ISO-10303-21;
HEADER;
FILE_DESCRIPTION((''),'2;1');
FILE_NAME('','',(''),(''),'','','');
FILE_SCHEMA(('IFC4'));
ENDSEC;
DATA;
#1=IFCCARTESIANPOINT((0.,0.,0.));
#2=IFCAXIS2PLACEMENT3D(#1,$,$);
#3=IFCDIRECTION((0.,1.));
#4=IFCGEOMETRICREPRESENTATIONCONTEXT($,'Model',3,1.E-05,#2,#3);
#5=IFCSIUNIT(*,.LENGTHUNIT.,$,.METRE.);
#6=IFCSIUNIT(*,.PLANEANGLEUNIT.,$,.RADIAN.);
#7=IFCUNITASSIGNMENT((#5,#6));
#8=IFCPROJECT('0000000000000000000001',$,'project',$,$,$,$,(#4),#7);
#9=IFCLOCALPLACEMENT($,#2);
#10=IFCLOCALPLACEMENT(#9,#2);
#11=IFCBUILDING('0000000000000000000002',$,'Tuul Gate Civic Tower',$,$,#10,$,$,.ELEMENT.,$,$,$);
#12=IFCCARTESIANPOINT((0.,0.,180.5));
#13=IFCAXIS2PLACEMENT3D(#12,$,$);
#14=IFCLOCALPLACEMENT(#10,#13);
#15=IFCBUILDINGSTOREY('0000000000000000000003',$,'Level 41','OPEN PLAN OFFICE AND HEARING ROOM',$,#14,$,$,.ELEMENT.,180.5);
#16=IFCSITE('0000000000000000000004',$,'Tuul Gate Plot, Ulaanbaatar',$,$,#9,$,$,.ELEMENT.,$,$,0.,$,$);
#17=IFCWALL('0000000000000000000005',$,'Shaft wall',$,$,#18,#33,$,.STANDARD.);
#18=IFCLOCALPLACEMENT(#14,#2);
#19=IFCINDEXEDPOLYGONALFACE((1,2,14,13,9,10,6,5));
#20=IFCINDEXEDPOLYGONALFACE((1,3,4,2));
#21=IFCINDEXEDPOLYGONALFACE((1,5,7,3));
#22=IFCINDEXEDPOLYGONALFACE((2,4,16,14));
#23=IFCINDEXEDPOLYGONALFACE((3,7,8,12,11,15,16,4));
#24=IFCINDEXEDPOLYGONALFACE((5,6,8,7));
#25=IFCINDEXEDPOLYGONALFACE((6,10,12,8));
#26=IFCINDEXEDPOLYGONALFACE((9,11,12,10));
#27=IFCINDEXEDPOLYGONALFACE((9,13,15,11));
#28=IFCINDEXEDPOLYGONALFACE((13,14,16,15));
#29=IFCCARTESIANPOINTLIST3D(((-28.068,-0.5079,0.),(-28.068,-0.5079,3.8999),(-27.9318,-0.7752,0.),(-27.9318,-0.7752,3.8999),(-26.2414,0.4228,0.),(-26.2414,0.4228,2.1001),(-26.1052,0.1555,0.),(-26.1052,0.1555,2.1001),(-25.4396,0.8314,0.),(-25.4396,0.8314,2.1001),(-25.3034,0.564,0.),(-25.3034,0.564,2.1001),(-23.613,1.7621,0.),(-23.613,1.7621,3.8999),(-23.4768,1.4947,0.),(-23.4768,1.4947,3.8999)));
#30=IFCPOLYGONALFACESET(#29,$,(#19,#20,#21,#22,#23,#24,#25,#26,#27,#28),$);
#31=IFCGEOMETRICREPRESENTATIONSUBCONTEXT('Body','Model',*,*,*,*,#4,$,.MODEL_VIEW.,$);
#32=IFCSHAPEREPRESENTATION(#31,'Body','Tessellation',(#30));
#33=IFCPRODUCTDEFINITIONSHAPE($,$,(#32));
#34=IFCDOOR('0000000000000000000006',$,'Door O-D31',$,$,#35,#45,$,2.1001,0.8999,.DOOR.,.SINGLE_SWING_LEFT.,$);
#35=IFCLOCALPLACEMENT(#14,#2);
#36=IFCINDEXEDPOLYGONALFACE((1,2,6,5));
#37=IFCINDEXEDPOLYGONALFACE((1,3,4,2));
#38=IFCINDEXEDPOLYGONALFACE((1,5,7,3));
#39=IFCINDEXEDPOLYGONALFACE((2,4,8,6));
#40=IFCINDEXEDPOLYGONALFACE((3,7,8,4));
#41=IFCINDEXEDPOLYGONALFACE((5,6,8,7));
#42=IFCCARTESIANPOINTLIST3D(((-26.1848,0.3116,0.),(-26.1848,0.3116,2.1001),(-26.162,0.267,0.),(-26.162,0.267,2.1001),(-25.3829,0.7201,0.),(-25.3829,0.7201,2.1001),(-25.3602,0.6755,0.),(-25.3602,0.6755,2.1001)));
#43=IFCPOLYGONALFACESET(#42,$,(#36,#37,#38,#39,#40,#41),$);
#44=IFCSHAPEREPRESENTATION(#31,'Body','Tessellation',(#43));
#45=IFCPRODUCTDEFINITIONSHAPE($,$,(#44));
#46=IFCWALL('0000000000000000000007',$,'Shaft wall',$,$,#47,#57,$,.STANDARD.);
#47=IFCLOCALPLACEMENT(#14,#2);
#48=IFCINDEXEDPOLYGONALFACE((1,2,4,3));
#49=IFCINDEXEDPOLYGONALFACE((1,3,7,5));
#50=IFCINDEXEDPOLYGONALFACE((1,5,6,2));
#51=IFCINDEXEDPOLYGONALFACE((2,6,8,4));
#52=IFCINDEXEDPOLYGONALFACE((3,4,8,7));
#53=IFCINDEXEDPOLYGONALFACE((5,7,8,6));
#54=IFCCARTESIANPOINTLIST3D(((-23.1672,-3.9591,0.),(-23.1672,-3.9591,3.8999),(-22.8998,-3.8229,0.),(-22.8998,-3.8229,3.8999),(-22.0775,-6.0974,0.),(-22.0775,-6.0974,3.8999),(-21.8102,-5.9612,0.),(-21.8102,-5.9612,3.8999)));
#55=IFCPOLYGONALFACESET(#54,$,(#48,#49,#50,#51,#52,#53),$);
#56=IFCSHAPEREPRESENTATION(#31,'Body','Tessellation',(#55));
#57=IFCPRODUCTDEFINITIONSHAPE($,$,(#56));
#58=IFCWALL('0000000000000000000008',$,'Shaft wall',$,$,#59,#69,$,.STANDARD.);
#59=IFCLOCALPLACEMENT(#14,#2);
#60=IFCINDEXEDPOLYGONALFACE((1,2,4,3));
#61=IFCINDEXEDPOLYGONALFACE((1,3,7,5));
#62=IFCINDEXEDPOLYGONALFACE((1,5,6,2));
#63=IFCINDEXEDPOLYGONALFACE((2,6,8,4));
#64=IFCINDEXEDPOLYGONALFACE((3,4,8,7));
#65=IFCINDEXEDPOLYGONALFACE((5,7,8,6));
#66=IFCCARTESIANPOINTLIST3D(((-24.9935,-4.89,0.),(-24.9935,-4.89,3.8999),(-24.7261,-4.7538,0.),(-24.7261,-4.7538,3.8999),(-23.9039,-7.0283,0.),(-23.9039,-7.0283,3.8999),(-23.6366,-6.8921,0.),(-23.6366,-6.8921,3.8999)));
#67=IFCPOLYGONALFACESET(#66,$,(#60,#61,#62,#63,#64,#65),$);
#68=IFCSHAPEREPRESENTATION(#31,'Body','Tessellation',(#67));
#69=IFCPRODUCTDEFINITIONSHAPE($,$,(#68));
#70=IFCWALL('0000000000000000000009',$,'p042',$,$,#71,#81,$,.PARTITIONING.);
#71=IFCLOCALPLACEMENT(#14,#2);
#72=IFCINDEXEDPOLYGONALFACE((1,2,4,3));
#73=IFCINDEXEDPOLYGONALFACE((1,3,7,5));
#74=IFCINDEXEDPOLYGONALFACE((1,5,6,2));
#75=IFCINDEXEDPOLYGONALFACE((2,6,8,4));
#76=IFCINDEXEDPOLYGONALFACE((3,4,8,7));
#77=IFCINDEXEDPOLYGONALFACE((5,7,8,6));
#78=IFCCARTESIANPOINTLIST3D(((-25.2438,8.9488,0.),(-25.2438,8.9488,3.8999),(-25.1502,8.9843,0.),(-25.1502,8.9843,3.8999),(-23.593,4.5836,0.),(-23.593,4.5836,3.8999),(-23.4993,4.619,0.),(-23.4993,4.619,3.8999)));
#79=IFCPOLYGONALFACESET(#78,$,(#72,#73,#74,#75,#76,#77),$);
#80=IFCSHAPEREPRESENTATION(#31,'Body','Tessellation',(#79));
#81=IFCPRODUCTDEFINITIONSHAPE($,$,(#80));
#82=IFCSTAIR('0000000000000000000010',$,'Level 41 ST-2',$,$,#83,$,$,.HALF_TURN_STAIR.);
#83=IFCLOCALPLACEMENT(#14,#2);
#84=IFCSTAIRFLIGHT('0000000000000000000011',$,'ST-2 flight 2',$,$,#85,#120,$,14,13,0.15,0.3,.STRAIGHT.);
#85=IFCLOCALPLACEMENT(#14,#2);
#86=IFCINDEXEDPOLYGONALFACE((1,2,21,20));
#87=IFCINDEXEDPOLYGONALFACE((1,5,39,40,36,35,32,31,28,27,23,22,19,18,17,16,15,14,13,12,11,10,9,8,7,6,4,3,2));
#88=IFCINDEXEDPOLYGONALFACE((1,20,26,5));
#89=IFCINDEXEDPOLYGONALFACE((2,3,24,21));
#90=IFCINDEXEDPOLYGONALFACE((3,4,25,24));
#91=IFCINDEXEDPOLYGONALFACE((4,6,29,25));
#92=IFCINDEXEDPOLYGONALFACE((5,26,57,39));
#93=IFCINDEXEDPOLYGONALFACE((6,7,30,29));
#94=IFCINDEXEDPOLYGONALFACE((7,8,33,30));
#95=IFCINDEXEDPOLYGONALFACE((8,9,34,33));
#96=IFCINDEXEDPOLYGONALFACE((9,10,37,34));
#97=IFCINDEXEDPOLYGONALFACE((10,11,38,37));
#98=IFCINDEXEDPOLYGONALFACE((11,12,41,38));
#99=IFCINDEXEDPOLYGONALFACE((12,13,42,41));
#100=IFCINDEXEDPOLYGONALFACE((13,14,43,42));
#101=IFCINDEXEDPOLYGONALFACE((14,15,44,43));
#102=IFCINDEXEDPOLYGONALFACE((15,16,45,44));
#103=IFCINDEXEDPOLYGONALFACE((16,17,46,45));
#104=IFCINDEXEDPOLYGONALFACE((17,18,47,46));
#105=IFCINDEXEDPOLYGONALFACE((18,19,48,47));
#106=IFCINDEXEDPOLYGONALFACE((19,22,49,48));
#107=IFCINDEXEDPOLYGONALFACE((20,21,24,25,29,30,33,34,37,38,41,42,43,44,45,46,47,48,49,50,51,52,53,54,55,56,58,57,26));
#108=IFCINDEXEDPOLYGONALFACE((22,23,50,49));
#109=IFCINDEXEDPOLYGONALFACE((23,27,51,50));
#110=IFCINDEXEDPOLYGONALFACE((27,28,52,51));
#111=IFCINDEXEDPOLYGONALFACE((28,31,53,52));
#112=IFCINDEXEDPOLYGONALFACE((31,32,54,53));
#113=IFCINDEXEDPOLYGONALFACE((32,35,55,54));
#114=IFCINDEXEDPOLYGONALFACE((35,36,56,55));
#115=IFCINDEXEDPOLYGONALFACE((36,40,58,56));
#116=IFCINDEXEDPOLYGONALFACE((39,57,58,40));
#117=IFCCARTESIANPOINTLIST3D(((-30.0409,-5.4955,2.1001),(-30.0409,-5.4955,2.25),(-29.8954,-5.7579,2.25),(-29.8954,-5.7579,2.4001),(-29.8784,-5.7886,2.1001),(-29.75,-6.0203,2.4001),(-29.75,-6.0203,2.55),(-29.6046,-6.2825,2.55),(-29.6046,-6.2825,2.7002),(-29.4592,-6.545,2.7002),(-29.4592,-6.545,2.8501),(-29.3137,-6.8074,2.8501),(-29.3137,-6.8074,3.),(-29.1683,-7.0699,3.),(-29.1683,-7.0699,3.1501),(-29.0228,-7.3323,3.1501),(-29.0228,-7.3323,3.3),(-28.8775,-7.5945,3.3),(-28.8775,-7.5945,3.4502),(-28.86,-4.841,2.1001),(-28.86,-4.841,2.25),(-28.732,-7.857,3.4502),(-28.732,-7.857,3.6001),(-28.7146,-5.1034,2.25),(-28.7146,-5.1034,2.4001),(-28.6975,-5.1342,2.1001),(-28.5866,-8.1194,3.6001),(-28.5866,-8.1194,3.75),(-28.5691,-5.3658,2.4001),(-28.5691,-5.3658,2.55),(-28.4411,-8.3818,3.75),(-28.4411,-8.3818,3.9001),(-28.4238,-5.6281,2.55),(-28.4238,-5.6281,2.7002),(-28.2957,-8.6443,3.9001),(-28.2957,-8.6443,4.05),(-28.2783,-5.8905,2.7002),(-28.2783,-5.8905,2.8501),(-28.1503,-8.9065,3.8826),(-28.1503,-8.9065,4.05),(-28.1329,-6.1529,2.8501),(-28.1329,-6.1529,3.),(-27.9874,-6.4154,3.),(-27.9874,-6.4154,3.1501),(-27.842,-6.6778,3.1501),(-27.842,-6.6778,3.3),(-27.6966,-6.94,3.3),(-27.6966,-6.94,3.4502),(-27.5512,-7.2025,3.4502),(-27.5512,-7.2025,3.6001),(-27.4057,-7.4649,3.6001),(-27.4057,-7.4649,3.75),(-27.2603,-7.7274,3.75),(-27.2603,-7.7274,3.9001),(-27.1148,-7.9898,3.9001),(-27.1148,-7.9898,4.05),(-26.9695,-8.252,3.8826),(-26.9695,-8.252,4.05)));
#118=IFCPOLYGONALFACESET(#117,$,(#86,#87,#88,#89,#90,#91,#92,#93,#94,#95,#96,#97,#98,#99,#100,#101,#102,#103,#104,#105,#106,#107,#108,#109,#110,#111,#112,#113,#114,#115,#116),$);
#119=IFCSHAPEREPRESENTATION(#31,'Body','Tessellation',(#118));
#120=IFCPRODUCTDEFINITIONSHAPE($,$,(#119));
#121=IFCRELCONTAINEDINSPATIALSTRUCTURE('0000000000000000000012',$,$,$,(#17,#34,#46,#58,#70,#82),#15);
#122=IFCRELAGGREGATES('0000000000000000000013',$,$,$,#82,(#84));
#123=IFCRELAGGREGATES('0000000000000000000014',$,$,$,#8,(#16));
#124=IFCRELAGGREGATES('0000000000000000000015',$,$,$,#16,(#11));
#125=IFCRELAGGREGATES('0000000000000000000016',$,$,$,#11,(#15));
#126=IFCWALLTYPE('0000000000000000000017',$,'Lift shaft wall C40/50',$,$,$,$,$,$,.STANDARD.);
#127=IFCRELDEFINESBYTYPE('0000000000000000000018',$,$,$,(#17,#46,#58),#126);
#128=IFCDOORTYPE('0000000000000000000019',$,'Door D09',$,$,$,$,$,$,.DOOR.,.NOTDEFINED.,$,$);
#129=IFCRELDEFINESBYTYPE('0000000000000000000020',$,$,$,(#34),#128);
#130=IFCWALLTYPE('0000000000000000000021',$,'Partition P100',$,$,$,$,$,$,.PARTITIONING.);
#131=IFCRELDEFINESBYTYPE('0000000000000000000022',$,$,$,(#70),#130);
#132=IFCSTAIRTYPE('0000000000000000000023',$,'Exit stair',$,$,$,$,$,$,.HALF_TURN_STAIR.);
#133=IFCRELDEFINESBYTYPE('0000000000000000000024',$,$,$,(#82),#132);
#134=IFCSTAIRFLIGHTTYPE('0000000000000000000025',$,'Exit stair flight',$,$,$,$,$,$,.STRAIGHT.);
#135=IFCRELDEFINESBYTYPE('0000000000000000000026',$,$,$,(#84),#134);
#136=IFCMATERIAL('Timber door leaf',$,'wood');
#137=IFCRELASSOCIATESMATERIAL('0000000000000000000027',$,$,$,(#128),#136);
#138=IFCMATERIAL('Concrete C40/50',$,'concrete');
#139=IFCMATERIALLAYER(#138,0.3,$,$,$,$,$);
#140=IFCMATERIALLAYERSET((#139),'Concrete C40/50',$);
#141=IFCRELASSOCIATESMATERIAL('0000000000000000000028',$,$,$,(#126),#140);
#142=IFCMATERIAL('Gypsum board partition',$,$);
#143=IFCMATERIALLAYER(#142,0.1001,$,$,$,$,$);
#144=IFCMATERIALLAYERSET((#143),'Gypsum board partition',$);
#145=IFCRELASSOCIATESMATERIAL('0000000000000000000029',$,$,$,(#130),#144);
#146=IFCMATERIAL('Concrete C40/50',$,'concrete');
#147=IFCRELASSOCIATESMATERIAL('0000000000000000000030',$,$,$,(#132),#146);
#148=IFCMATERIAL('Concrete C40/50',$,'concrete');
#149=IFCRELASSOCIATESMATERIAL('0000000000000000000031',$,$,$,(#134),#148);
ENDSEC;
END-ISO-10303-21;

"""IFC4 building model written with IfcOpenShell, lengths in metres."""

from ifc_helpers import new_model, si_unit, direction, frame, frame_2d, origin, place, context, subcontext, project, spatial, polyline, rectangle, outline, extrude, material, layer, layer_set, type_object, element, fill, aggregate, save


model = new_model("IFC4")

# Units and contexts
model_context = context("Model", 3, precision=1e-05, world=origin(), true_north=direction((0.0, 1.0)))
body_context = subcontext(model_context, "Body", "Model", "MODEL_VIEW")
ifc_project = project(units=[si_unit("LENGTHUNIT", "METRE"), si_unit("PLANEANGLEUNIT", "RADIAN")], contexts=[model_context])

# Site, building, storey
site_placement = place(None, origin())
site = spatial("IfcSite", under=ifc_project, at=site_placement, Name="Tuul Gate Plot, Ulaanbaatar", CompositionType="ELEMENT", RefElevation=0.0)
building_placement = place(site_placement, origin())
building = spatial("IfcBuilding", under=site, at=building_placement, Name="Tuul Gate Civic Tower", CompositionType="ELEMENT")
storey_placement = place(building_placement, frame((0.0, 0.0, 180.5)))
storey = spatial("IfcBuildingStorey", under=building, at=storey_placement, Name="Level 41", Description="OPEN PLAN OFFICE AND HEARING ROOM", CompositionType="ELEMENT", Elevation=180.5)

# Shared definitions
ifc_material_1 = material(Name="Timber door leaf", Category="wood")
door_type_1 = type_object("IfcDoorType", Name="Door D09", OperationType="NOTDEFINED", PredefinedType="DOOR", material=ifc_material_1)

# Shared definitions
ifc_material_2 = material(Name="Concrete C40/50", Category="concrete")
ifc_layer_1 = layer(ifc_material_2, 0.3)
ifc_layer_set_1 = layer_set([ifc_layer_1], Name="Concrete C40/50")
wall_type_1 = type_object("IfcWallType", Name="Lift shaft wall C40/50", PredefinedType="STANDARD", material=ifc_layer_set_1)

# Wall, opening, door
wall_1_placement = place(storey_placement, frame((-23.5449, 1.6284, 0.0), z_axis=(0.0, 0.0, 1.0), x_axis=(-0.891003, -0.453997, 0.0)))
wall_1 = element("IfcWall", 1, at=wall_1_placement, inside=storey, type_object=wall_type_1, Name="Shaft wall", PredefinedType="STANDARD", context=body_context, shape_type="SweptSolid", body=[
    extrude(rectangle(XDim=5.0, YDim=0.3, at=frame_2d((2.5, 0.0))), origin(), (0.0, 0.0, 1.0), 3.8999),
])
opening_1_placement = place(wall_1_placement, frame((2.05, 0.0, 0.0)))
opening_1 = element("IfcOpeningElement", 2, at=opening_1_placement, cuts=wall_1, PredefinedType="OPENING", context=body_context, shape_type="SweptSolid", body=[
    extrude(rectangle(XDim=0.8999, YDim=2.1001, at=frame_2d((0.45, 1.05))), frame((0.0, 0.1602, 0.0), z_axis=(0.0, -1.0, 0.0), x_axis=(1.0, 0.0, 0.0)), (0.0, 0.0, 1.0), 0.3201),
])
door_1_placement = place(opening_1_placement, origin())
door_1 = element("IfcDoor", 3, at=door_1_placement, inside=storey, type_object=door_type_1, Name="Door O-D31", OperationType="SINGLE_SWING_LEFT", OverallHeight=2.1001, OverallWidth=0.8999, PredefinedType="DOOR", context=body_context, shape_type="SweptSolid", body=[
    extrude(rectangle(XDim=0.8999, YDim=2.1001, at=frame_2d((0.45, 1.05))), frame((0.0, 0.0249, 0.0), z_axis=(0.0, -1.0, 0.0), x_axis=(1.0, 0.0, 0.0)), (0.0, 0.0, 1.0), 0.05),
])
fill(opening_1, door_1)

# Walls
for number, where, z_axis, x_axis, name in (
    (4, (-21.9438, -6.0293, 0.0), (0.0, 0.0, 1.0), (-0.454037, 0.890983, 0.0), "Shaft wall"),
    (5, (-23.7703, -6.9602, 0.0), (0.0, 0.0, 1.0), (-0.453996, 0.891004, 0.0), "Shaft wall"),
):
    element("IfcWall", number, at=place(storey_placement, frame(where, z_axis=z_axis, x_axis=x_axis)), inside=storey, type_object=wall_type_1, Name=name, PredefinedType="STANDARD", context=body_context, shape_type="SweptSolid", body=[
        extrude(rectangle(XDim=2.3999, YDim=0.3, at=frame_2d((1.2, 0.0))), origin(), (0.0, 0.0, 1.0), 3.8999),
    ])
ifc_material_3 = material(Name="Gypsum board partition")
ifc_layer_2 = layer(ifc_material_3, 0.1001)
ifc_layer_set_2 = layer_set([ifc_layer_2], Name="Gypsum board partition")
wall_type_2 = type_object("IfcWallType", Name="Partition P100", PredefinedType="PARTITIONING", material=ifc_layer_set_2)
wall_2_placement = place(storey_placement, frame((-25.197, 8.9666, 0.0), z_axis=(0.0, 0.0, 1.0), x_axis=(0.353736, -0.935345, 0.0)))
element("IfcWall", 6, at=wall_2_placement, inside=storey, type_object=wall_type_2, Name="p042", PredefinedType="PARTITIONING", context=body_context, shape_type="SweptSolid", body=[
    extrude(rectangle(XDim=4.667, YDim=0.1001, at=frame_2d((2.3335, 0.0))), origin(), (0.0, 0.0, 1.0), 3.8999),
])

# Stair, stair flight
ifc_material_4 = material(Name="Concrete C40/50", Category="concrete")
stair_type = type_object("IfcStairType", Name="Exit stair", PredefinedType="HALF_TURN_STAIR", material=ifc_material_4)
stair_placement = place(storey_placement, origin())
stair = element("IfcStair", 7, at=stair_placement, inside=storey, type_object=stair_type, Name="Level 41 ST-2", PredefinedType="HALF_TURN_STAIR")
ifc_material_5 = material(Name="Concrete C40/50", Category="concrete")
stair_flight_type = type_object("IfcStairFlightType", Name="Exit stair flight", PredefinedType="STRAIGHT", material=ifc_material_5)
stair_flight_placement = place(storey_placement, frame((-29.4504, -5.1682, 2.1001), z_axis=(0.0, 0.0, 1.0), x_axis=(0.484762, -0.874646, 0.0)))
stair_flight = element("IfcStairFlight", 8, at=stair_flight_placement, type_object=stair_flight_type, Name="ST-2 flight 2", NumberOfRisers=14, NumberOfTreads=13, PredefinedType="STRAIGHT", RiserHeight=0.15, TreadLength=0.3, context=body_context, shape_type="SweptSolid", body=[
    extrude(outline(polyline([(0.0, 0.0), (0.0, 0.1499), (0.3, 0.1499), (0.3, 0.3), (0.6001, 0.3), (0.6001, 0.45), (0.8999, 0.45), (0.8999, 0.6001), (1.2, 0.6001), (1.2, 0.75), (1.5, 0.75), (1.5, 0.8999), (1.8, 0.8999), (1.8, 1.05), (2.1001, 1.05), (2.1001, 1.2), (2.3999, 1.2), (2.3999, 1.3501), (2.7, 1.3501), (2.7, 1.5), (3.0, 1.5), (3.0, 1.6499), (3.3, 1.6499), (3.3, 1.8), (3.6001, 1.8), (3.6001, 1.95), (3.8999, 1.95), (3.8999, 2.1001), (3.8999, 1.7825), (0.3352, 0.0), (0.0, 0.0)])), frame((0.0, 0.675, 0.0), z_axis=(0.0, -1.0, 0.0), x_axis=(1.0, 0.0, 0.0)), (0.0, 0.0, 1.0), 1.3501),
])
aggregate(stair, [stair_flight])

save(model, "model.ifc")
